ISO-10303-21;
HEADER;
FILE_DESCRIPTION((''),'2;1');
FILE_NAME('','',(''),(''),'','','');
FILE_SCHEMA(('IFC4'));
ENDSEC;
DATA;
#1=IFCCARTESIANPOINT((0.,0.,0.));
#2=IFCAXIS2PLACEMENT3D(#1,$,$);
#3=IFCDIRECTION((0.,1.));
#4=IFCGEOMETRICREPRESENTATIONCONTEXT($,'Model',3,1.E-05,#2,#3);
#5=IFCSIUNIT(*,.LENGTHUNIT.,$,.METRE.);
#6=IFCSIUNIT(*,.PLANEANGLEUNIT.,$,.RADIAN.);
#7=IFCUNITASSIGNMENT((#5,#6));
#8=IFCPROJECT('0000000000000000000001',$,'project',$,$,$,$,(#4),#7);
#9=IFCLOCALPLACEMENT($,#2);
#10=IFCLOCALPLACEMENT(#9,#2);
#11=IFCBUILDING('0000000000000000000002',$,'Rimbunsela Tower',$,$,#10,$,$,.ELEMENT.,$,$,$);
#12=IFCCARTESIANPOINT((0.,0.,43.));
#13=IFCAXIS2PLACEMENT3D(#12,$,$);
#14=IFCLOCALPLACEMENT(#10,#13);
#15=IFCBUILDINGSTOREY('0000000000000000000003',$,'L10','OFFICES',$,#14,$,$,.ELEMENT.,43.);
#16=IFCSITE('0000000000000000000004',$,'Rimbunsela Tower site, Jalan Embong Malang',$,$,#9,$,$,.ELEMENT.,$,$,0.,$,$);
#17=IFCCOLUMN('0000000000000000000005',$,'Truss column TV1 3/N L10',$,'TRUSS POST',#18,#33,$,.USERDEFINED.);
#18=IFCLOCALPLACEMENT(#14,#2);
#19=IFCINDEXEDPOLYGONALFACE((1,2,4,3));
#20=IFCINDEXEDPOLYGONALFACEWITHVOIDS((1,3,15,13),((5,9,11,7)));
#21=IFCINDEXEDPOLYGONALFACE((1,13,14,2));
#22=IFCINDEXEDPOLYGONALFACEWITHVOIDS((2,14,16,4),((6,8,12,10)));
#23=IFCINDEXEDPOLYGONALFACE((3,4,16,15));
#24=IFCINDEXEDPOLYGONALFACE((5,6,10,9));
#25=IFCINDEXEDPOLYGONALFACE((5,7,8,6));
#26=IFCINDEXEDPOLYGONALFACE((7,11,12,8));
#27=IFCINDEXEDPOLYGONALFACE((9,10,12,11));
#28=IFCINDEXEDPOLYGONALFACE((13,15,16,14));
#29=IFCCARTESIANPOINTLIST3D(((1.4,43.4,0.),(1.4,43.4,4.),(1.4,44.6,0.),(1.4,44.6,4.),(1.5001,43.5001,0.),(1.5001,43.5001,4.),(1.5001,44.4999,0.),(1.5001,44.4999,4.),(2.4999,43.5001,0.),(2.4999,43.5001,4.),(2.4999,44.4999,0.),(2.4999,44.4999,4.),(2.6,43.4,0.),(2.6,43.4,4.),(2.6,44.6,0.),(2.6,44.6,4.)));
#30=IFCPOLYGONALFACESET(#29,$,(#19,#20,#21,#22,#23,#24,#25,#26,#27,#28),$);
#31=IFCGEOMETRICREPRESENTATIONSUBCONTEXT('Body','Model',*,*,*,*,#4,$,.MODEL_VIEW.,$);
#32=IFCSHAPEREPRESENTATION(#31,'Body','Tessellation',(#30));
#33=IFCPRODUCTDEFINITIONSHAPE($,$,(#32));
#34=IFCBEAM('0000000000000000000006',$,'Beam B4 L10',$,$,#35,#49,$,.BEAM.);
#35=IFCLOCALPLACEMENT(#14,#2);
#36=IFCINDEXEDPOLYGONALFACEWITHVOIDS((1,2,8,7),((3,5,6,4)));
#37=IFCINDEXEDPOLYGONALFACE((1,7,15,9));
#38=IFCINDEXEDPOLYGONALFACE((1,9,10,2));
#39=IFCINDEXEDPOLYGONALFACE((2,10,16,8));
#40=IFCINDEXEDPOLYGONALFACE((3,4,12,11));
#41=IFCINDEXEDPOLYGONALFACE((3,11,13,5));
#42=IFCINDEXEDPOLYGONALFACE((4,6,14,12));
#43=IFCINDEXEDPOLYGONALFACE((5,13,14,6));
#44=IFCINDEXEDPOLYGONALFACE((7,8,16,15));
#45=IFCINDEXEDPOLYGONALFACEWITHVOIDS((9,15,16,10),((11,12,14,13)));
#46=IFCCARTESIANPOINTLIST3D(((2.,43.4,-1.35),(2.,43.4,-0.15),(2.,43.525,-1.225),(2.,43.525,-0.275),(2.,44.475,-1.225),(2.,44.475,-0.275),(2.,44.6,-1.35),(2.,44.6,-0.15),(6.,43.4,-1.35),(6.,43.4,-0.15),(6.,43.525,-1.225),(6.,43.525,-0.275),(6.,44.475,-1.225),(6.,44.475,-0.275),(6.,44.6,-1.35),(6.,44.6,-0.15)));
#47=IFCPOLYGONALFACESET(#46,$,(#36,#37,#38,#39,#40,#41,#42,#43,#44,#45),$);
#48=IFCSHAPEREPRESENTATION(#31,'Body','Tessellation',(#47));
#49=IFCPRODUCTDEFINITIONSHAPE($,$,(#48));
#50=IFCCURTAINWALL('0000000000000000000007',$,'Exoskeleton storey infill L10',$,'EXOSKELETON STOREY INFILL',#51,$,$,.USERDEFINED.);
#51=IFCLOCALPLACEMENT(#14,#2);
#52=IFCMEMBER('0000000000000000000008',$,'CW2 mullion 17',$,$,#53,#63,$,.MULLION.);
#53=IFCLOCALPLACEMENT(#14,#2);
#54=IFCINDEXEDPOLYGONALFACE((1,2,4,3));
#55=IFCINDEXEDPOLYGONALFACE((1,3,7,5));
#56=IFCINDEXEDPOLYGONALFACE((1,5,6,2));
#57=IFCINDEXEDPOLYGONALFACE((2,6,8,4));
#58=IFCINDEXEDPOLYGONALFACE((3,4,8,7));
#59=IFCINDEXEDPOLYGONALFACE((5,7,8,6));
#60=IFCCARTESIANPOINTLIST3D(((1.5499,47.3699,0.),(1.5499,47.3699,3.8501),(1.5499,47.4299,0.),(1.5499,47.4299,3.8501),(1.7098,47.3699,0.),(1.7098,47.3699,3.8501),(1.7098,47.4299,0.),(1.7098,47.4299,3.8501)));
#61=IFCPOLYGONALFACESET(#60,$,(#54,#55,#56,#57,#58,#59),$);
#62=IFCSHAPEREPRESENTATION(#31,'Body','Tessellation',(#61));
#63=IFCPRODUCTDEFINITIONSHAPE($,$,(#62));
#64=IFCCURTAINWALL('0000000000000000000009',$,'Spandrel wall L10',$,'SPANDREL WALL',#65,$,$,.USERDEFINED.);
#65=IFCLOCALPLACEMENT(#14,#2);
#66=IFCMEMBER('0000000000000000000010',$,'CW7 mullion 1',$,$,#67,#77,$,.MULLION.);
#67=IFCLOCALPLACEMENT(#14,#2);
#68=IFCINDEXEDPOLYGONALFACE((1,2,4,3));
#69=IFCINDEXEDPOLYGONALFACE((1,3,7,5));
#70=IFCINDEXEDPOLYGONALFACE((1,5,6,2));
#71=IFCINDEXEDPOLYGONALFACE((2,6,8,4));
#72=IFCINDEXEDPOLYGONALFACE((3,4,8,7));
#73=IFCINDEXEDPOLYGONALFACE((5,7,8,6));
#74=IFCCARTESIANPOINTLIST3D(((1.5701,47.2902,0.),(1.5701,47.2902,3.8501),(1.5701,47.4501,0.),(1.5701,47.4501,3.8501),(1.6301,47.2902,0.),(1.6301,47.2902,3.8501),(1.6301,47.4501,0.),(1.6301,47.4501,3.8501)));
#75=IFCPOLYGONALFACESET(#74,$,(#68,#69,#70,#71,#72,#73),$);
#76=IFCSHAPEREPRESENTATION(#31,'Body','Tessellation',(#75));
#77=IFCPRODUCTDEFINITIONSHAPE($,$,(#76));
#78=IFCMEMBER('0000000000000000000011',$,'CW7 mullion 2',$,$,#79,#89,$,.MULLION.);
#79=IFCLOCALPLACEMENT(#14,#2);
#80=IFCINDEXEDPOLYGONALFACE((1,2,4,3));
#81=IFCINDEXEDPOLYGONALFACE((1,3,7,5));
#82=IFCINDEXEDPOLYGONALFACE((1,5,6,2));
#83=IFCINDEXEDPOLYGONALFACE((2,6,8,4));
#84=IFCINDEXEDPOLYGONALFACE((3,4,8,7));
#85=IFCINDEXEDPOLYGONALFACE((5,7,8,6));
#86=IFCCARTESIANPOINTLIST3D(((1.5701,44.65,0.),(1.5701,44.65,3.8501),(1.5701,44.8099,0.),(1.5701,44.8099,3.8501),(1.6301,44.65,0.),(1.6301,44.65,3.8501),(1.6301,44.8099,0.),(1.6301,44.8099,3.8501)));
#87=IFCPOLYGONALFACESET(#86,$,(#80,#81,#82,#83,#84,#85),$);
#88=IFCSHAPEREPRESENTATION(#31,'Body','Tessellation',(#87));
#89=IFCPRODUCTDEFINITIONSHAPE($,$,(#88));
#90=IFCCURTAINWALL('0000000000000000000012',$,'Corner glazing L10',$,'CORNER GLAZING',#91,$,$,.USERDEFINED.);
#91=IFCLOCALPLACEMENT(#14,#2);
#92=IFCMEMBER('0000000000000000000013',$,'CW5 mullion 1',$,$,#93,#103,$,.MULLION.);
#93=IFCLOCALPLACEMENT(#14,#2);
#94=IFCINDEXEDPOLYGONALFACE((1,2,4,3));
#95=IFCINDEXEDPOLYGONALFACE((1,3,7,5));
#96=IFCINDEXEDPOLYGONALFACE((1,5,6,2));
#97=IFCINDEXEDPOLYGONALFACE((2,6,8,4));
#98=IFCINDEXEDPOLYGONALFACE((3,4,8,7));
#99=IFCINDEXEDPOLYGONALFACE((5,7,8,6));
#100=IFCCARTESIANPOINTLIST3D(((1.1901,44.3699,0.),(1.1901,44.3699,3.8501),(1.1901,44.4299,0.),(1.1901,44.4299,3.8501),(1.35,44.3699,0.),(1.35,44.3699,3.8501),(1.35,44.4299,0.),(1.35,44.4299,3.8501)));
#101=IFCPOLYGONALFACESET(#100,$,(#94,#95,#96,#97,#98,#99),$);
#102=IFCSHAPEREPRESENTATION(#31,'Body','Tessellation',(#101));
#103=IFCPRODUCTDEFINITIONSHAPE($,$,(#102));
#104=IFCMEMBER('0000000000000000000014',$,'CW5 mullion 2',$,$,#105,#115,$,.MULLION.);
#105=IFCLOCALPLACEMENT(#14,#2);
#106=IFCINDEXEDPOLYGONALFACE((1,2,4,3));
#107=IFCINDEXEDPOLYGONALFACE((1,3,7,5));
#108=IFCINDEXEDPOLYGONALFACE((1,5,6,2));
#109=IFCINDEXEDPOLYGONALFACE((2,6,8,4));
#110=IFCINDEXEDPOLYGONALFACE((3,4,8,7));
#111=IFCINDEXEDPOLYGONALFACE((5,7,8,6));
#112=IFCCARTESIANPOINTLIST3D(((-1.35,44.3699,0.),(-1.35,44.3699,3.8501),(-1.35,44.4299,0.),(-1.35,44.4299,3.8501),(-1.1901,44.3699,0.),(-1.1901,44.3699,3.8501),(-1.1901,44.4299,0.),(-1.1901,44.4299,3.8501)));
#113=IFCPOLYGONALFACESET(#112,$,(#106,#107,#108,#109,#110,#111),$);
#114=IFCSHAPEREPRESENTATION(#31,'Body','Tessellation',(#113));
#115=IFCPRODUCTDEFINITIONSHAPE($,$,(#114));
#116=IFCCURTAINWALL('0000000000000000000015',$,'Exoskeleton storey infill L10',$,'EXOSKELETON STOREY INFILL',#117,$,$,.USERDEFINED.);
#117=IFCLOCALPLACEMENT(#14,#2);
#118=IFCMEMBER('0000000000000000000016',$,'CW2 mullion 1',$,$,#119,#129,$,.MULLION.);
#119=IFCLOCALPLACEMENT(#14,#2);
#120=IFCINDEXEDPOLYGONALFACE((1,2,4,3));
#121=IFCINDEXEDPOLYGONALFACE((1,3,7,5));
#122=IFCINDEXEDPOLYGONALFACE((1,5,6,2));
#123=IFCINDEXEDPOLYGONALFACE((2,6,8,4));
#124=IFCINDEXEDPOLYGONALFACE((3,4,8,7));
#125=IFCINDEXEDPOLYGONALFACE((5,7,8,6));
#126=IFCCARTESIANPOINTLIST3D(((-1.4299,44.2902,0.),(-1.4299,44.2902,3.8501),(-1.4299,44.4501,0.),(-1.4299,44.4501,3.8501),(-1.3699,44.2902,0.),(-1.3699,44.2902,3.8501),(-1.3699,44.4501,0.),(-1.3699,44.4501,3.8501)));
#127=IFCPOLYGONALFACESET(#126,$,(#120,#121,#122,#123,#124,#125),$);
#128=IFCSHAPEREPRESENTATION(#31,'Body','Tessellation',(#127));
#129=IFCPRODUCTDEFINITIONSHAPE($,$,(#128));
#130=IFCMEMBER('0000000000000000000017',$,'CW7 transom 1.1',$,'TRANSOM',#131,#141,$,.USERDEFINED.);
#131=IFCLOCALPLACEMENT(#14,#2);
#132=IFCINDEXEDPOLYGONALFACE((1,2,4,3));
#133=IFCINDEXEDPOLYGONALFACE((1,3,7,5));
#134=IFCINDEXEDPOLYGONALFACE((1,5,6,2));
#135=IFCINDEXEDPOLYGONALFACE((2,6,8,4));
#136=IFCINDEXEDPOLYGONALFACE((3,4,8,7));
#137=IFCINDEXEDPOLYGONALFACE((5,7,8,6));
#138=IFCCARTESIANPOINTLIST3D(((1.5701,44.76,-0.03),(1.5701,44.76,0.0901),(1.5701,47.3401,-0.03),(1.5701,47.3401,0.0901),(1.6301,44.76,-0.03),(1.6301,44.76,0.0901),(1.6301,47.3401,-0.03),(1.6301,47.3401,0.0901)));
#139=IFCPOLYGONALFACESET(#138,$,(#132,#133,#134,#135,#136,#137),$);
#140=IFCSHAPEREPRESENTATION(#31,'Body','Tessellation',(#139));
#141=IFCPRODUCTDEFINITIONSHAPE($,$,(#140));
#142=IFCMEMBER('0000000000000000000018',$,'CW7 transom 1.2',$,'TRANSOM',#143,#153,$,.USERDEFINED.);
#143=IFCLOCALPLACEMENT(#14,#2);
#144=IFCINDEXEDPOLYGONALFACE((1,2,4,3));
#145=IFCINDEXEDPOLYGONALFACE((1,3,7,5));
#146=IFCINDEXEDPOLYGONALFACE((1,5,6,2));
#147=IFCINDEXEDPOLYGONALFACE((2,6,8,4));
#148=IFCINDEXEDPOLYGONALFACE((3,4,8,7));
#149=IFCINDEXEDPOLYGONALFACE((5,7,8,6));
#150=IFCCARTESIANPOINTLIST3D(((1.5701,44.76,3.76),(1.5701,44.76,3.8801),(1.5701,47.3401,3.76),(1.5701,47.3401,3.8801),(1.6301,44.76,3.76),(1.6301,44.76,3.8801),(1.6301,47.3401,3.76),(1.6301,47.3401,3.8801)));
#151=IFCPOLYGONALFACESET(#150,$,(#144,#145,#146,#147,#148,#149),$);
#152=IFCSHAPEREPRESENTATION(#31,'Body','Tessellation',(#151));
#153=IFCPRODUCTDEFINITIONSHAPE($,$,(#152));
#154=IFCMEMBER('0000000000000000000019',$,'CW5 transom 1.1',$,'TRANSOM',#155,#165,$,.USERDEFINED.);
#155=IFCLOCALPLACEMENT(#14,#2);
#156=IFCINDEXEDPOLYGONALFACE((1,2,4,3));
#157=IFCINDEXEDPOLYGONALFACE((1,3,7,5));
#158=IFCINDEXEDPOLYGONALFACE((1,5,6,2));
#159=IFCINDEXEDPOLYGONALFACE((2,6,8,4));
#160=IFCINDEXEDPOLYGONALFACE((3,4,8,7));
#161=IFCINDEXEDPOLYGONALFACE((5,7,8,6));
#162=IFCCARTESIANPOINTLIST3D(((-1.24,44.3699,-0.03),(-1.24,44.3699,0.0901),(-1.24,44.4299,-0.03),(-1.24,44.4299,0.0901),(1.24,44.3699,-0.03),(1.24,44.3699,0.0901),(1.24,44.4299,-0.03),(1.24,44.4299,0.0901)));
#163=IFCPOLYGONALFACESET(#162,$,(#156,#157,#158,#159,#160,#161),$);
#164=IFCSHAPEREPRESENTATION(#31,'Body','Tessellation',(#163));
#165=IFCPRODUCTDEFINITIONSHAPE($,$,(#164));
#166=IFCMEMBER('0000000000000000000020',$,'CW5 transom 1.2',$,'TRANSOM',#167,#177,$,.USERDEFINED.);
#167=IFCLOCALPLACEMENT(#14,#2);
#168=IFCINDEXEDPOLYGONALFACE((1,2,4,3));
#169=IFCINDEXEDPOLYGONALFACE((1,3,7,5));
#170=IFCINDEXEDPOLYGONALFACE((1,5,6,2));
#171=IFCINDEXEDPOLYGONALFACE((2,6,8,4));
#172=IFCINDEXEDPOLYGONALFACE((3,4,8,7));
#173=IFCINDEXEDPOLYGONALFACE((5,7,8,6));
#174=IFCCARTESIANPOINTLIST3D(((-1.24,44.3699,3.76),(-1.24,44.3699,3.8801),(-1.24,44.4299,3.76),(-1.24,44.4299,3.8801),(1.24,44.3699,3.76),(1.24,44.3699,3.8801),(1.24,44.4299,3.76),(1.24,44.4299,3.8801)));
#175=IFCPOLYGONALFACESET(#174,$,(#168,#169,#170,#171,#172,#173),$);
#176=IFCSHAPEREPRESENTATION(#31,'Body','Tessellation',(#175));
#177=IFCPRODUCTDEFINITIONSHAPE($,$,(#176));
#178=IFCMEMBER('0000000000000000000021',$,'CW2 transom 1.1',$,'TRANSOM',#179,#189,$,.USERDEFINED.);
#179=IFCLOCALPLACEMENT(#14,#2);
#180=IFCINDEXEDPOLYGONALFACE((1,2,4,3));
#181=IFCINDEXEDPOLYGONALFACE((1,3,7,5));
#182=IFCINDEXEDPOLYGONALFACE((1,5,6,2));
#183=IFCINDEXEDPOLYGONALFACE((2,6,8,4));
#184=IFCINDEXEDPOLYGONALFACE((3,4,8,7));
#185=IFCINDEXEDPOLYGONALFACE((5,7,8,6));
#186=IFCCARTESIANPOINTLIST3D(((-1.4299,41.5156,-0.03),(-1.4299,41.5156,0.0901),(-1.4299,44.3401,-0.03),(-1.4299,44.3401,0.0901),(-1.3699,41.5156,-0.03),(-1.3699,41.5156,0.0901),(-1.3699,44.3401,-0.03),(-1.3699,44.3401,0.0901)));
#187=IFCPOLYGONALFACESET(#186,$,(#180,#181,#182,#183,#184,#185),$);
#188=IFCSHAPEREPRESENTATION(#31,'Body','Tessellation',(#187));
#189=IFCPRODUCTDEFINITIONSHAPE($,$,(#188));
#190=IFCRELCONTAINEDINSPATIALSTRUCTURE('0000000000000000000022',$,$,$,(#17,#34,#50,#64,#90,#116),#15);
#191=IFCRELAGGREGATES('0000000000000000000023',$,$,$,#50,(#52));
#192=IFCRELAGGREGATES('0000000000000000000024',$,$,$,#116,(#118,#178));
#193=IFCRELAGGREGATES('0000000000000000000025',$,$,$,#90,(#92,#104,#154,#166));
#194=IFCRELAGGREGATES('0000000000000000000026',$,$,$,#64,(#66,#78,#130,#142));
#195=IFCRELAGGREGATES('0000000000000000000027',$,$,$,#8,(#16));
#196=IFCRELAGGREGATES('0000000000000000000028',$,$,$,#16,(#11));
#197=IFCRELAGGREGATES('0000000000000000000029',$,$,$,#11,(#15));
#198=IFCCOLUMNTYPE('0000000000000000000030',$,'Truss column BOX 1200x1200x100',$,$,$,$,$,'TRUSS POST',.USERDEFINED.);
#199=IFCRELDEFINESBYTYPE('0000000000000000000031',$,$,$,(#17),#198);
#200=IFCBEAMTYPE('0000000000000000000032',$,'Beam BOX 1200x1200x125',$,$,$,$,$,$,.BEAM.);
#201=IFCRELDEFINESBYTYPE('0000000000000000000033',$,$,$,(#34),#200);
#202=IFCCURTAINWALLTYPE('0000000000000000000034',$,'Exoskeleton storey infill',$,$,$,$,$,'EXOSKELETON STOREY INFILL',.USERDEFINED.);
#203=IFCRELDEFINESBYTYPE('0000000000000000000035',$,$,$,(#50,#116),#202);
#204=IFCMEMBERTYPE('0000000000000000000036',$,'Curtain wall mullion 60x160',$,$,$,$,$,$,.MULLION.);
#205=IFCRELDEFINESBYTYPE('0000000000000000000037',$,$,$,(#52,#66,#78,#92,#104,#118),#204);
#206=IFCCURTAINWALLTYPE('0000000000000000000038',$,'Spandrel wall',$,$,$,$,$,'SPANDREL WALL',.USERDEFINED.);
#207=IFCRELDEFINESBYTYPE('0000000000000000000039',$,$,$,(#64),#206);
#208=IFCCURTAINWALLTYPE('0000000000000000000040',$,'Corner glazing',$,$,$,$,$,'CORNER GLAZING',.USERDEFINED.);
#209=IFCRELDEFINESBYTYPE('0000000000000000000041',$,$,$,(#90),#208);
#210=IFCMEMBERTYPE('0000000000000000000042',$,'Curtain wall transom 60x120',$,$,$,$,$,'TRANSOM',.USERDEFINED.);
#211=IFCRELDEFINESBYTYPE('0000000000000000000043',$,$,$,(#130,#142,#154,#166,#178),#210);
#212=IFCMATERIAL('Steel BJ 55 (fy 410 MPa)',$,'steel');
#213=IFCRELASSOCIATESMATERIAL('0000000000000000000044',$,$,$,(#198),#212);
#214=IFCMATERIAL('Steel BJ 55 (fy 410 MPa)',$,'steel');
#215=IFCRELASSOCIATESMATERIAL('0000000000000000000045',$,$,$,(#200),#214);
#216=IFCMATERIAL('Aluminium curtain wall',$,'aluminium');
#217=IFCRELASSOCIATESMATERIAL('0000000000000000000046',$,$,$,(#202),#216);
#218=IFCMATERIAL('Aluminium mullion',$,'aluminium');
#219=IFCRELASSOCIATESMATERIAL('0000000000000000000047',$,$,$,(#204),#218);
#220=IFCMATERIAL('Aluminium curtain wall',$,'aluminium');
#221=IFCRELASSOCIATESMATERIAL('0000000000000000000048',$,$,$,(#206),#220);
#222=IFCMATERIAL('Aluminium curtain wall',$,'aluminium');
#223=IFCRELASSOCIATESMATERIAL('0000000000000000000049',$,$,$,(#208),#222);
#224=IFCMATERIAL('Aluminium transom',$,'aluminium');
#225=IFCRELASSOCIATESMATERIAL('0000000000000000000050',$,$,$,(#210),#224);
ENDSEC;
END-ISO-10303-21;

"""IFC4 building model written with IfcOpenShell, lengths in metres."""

from ifc_helpers import new_model, si_unit, direction, frame, origin, origin_2d, place, context, subcontext, project, spatial, rectangle, hollow_rectangle, extrude, material, material_profile, profile_set, type_object, element, aggregate, save


model = new_model("IFC4")

# Units and contexts
model_context = context("Model", 3, precision=1e-05, world=origin(), true_north=direction((0.0, 1.0)))
body_context = subcontext(model_context, "Body", "Model", "MODEL_VIEW")
ifc_project = project(units=[si_unit("LENGTHUNIT", "METRE"), si_unit("PLANEANGLEUNIT", "RADIAN")], contexts=[model_context])

# Site, building, storey
site_placement = place(None, origin())
site = spatial("IfcSite", under=ifc_project, at=site_placement, Name="Rimbunsela Tower site, Jalan Embong Malang", CompositionType="ELEMENT", RefElevation=0.0)
building_placement = place(site_placement, origin())
building = spatial("IfcBuilding", under=site, at=building_placement, Name="Rimbunsela Tower", CompositionType="ELEMENT")
storey_placement = place(building_placement, frame((0.0, 0.0, 43.0)))
storey = spatial("IfcBuildingStorey", under=building, at=storey_placement, Name="L10", Description="OFFICES", CompositionType="ELEMENT", Elevation=43.0)

# Column
ifc_material_1 = material(Name="Steel BJ 55 (fy 410 MPa)", Category="steel")
ifc_material_profile_1 = material_profile(ifc_material_1, hollow_rectangle(XDim=1.2, YDim=1.2, WallThickness=0.1001, at=origin_2d()), Name="BOX 1200x1200x100")
ifc_profile_set_1 = profile_set([ifc_material_profile_1], Name="Steel BJ 55 (fy 410 MPa)")
column_type = type_object("IfcColumnType", Name="Truss column BOX 1200x1200x100", ElementType="TRUSS POST", PredefinedType="USERDEFINED", material=ifc_profile_set_1)
column_placement = place(storey_placement, frame((2.0, 44.0, 0.0), z_axis=(0.0, 0.0, 1.0), x_axis=(1.0, 0.0, 0.0)))
element("IfcColumn", 1, at=column_placement, inside=storey, type_object=column_type, Name="Truss column TV1 3/N L10", ObjectType="TRUSS POST", PredefinedType="USERDEFINED", context=body_context, shape_type="SweptSolid", body=[
    extrude(hollow_rectangle(XDim=1.2, YDim=1.2, WallThickness=0.1001, at=origin_2d()), origin(), (0.0, 0.0, 1.0), 4.0),
])

# Beam
ifc_material_2 = material(Name="Steel BJ 55 (fy 410 MPa)", Category="steel")
ifc_material_profile_2 = material_profile(ifc_material_2, hollow_rectangle(XDim=1.2, YDim=1.2, WallThickness=0.125, at=origin_2d()), Name="BOX 1200x1200x125")
ifc_profile_set_2 = profile_set([ifc_material_profile_2], Name="Steel BJ 55 (fy 410 MPa)")
beam_type_1 = type_object("IfcBeamType", Name="Beam BOX 1200x1200x125", PredefinedType="BEAM", material=ifc_profile_set_2)
beam_placement = place(storey_placement, frame((2.0, 44.0, -0.75), z_axis=(1.0, 0.0, 0.0), x_axis=(0.0, 1.0, 0.0)))
element("IfcBeam", 2, at=beam_placement, inside=storey, type_object=beam_type_1, Name="Beam B4 L10", PredefinedType="BEAM", context=body_context, shape_type="SweptSolid", body=[
    extrude(hollow_rectangle(XDim=1.2, YDim=1.2, WallThickness=0.125, at=origin_2d()), origin(), (0.0, 0.0, 1.0), 4.0),
])

# Curtain wall, member
ifc_material_3 = material(Name="Aluminium curtain wall", Category="aluminium")
curtain_wall_type_1 = type_object("IfcCurtainWallType", Name="Exoskeleton storey infill", ElementType="EXOSKELETON STOREY INFILL", PredefinedType="USERDEFINED", material=ifc_material_3)
curtain_wall_1_placement = place(storey_placement, origin())
curtain_wall_1 = element("IfcCurtainWall", 3, at=curtain_wall_1_placement, inside=storey, type_object=curtain_wall_type_1, Name="Exoskeleton storey infill L10", ObjectType="EXOSKELETON STOREY INFILL", PredefinedType="USERDEFINED")
ifc_material_4 = material(Name="Aluminium mullion", Category="aluminium")
ifc_material_profile_3 = material_profile(ifc_material_4, rectangle(XDim=0.0601, YDim=0.1599, at=origin_2d()), Name="Mullion 60x160")
ifc_profile_set_3 = profile_set([ifc_material_profile_3], Name="Aluminium mullion")
member_type_1 = type_object("IfcMemberType", Name="Curtain wall mullion 60x160", PredefinedType="MULLION", material=ifc_profile_set_3)
member_1_placement = place(storey_placement, frame((1.6299, 47.3999, 0.0), z_axis=(0.0, 0.0, 1.0), x_axis=(0.0, -1.0, 0.0)))
member_1 = element("IfcMember", 4, at=member_1_placement, type_object=member_type_1, Name="CW2 mullion 17", PredefinedType="MULLION", context=body_context, shape_type="SweptSolid", body=[
    extrude(rectangle(XDim=0.0601, YDim=0.1599, at=origin_2d()), origin(), (0.0, 0.0, 1.0), 3.8501),
])
aggregate(curtain_wall_1, [member_1])

# Curtain walls, members
ifc_material_5 = material(Name="Aluminium curtain wall", Category="aluminium")
curtain_wall_type_2 = type_object("IfcCurtainWallType", Name="Spandrel wall", ElementType="SPANDREL WALL", PredefinedType="USERDEFINED", material=ifc_material_5)
curtain_wall_2_placement = place(storey_placement, origin())
curtain_wall_2 = element("IfcCurtainWall", 5, at=curtain_wall_2_placement, inside=storey, type_object=curtain_wall_type_2, Name="Spandrel wall L10", ObjectType="SPANDREL WALL", PredefinedType="USERDEFINED")
member_2_placement = place(storey_placement, frame((1.6001, 47.3701, 0.0), z_axis=(0.0, 0.0, 1.0), x_axis=(1.0, 0.0, 0.0)))
member_2 = element("IfcMember", 6, at=member_2_placement, type_object=member_type_1, Name="CW7 mullion 1", PredefinedType="MULLION", context=body_context, shape_type="SweptSolid", body=[
    extrude(rectangle(XDim=0.0601, YDim=0.1599, at=origin_2d()), origin(), (0.0, 0.0, 1.0), 3.8501),
])
member_3_placement = place(storey_placement, frame((1.6001, 44.73, 0.0), z_axis=(0.0, 0.0, 1.0), x_axis=(1.0, 0.0, 0.0)))
member_3 = element("IfcMember", 7, at=member_3_placement, type_object=member_type_1, Name="CW7 mullion 2", PredefinedType="MULLION", context=body_context, shape_type="SweptSolid", body=[
    extrude(rectangle(XDim=0.0601, YDim=0.1599, at=origin_2d()), origin(), (0.0, 0.0, 1.0), 3.8501),
])
ifc_material_6 = material(Name="Aluminium curtain wall", Category="aluminium")
curtain_wall_type_3 = type_object("IfcCurtainWallType", Name="Corner glazing", ElementType="CORNER GLAZING", PredefinedType="USERDEFINED", material=ifc_material_6)
curtain_wall_3_placement = place(storey_placement, origin())
curtain_wall_3 = element("IfcCurtainWall", 8, at=curtain_wall_3_placement, inside=storey, type_object=curtain_wall_type_3, Name="Corner glazing L10", ObjectType="CORNER GLAZING", PredefinedType="USERDEFINED")
member_4_placement = place(storey_placement, frame((1.27, 44.3999, 0.0), z_axis=(0.0, 0.0, 1.0), x_axis=(0.0, -1.0, 0.0)))
member_4 = element("IfcMember", 9, at=member_4_placement, type_object=member_type_1, Name="CW5 mullion 1", PredefinedType="MULLION", context=body_context, shape_type="SweptSolid", body=[
    extrude(rectangle(XDim=0.0601, YDim=0.1599, at=origin_2d()), origin(), (0.0, 0.0, 1.0), 3.8501),
])
member_5_placement = place(storey_placement, frame((-1.27, 44.3999, 0.0), z_axis=(0.0, 0.0, 1.0), x_axis=(0.0, -1.0, 0.0)))
member_5 = element("IfcMember", 10, at=member_5_placement, type_object=member_type_1, Name="CW5 mullion 2", PredefinedType="MULLION", context=body_context, shape_type="SweptSolid", body=[
    extrude(rectangle(XDim=0.0601, YDim=0.1599, at=origin_2d()), origin(), (0.0, 0.0, 1.0), 3.8501),
])

# Curtain wall, member
curtain_wall_4_placement = place(storey_placement, origin())
curtain_wall_4 = element("IfcCurtainWall", 11, at=curtain_wall_4_placement, inside=storey, type_object=curtain_wall_type_1, Name="Exoskeleton storey infill L10", ObjectType="EXOSKELETON STOREY INFILL", PredefinedType="USERDEFINED")
member_6_placement = place(storey_placement, frame((-1.3999, 44.3701, 0.0), z_axis=(0.0, 0.0, 1.0), x_axis=(1.0, 0.0, 0.0)))
member_6 = element("IfcMember", 12, at=member_6_placement, type_object=member_type_1, Name="CW2 mullion 1", PredefinedType="MULLION", context=body_context, shape_type="SweptSolid", body=[
    extrude(rectangle(XDim=0.0601, YDim=0.1599, at=origin_2d()), origin(), (0.0, 0.0, 1.0), 3.8501),
])

# Members
ifc_material_7 = material(Name="Aluminium transom", Category="aluminium")
ifc_material_profile_4 = material_profile(ifc_material_7, rectangle(XDim=0.0601, YDim=0.1201, at=origin_2d()), Name="Transom 60x120")
ifc_profile_set_4 = profile_set([ifc_material_profile_4], Name="Aluminium transom")
member_type_2 = type_object("IfcMemberType", Name="Curtain wall transom 60x120", ElementType="TRANSOM", PredefinedType="USERDEFINED", material=ifc_profile_set_4)
member_7_placement = place(storey_placement, frame((1.6001, 47.3401, 0.03), z_axis=(0.0, -1.0, 0.0), x_axis=(1.0, 0.0, 0.0)))
member_7 = element("IfcMember", 13, at=member_7_placement, type_object=member_type_2, Name="CW7 transom 1.1", ObjectType="TRANSOM", PredefinedType="USERDEFINED", context=body_context, shape_type="SweptSolid", body=[
    extrude(rectangle(XDim=0.0601, YDim=0.1201, at=origin_2d()), origin(), (0.0, 0.0, 1.0), 2.5801),
])
member_8_placement = place(storey_placement, frame((1.6001, 47.3401, 3.8201), z_axis=(0.0, -1.0, 0.0), x_axis=(1.0, 0.0, 0.0)))
member_8 = element("IfcMember", 14, at=member_8_placement, type_object=member_type_2, Name="CW7 transom 1.2", ObjectType="TRANSOM", PredefinedType="USERDEFINED", context=body_context, shape_type="SweptSolid", body=[
    extrude(rectangle(XDim=0.0601, YDim=0.1201, at=origin_2d()), origin(), (0.0, 0.0, 1.0), 2.5801),
])
member_9_placement = place(storey_placement, frame((1.24, 44.3999, 0.03), z_axis=(-1.0, 0.0, 0.0), x_axis=(0.0, -1.0, 0.0)))
member_9 = element("IfcMember", 15, at=member_9_placement, type_object=member_type_2, Name="CW5 transom 1.1", ObjectType="TRANSOM", PredefinedType="USERDEFINED", context=body_context, shape_type="SweptSolid", body=[
    extrude(rectangle(XDim=0.0601, YDim=0.1201, at=origin_2d()), origin(), (0.0, 0.0, 1.0), 2.48),
])
member_10_placement = place(storey_placement, frame((1.24, 44.3999, 3.8201), z_axis=(-1.0, 0.0, 0.0), x_axis=(0.0, -1.0, 0.0)))
member_10 = element("IfcMember", 16, at=member_10_placement, type_object=member_type_2, Name="CW5 transom 1.2", ObjectType="TRANSOM", PredefinedType="USERDEFINED", context=body_context, shape_type="SweptSolid", body=[
    extrude(rectangle(XDim=0.0601, YDim=0.1201, at=origin_2d()), origin(), (0.0, 0.0, 1.0), 2.48),
])
member_11_placement = place(storey_placement, frame((-1.3999, 44.3401, 0.03), z_axis=(0.0, -1.0, 0.0), x_axis=(1.0, 0.0, 0.0)))
member_11 = element("IfcMember", 17, at=member_11_placement, type_object=member_type_2, Name="CW2 transom 1.1", ObjectType="TRANSOM", PredefinedType="USERDEFINED", context=body_context, shape_type="SweptSolid", body=[
    extrude(rectangle(XDim=0.0601, YDim=0.1201, at=origin_2d()), origin(), (0.0, 0.0, 1.0), 2.8245),
])
aggregate(curtain_wall_4, [member_6, member_11])

aggregate(curtain_wall_3, [member_4, member_5, member_9, member_10])
aggregate(curtain_wall_2, [member_2, member_3, member_7, member_8])

save(model, "model.ifc")
